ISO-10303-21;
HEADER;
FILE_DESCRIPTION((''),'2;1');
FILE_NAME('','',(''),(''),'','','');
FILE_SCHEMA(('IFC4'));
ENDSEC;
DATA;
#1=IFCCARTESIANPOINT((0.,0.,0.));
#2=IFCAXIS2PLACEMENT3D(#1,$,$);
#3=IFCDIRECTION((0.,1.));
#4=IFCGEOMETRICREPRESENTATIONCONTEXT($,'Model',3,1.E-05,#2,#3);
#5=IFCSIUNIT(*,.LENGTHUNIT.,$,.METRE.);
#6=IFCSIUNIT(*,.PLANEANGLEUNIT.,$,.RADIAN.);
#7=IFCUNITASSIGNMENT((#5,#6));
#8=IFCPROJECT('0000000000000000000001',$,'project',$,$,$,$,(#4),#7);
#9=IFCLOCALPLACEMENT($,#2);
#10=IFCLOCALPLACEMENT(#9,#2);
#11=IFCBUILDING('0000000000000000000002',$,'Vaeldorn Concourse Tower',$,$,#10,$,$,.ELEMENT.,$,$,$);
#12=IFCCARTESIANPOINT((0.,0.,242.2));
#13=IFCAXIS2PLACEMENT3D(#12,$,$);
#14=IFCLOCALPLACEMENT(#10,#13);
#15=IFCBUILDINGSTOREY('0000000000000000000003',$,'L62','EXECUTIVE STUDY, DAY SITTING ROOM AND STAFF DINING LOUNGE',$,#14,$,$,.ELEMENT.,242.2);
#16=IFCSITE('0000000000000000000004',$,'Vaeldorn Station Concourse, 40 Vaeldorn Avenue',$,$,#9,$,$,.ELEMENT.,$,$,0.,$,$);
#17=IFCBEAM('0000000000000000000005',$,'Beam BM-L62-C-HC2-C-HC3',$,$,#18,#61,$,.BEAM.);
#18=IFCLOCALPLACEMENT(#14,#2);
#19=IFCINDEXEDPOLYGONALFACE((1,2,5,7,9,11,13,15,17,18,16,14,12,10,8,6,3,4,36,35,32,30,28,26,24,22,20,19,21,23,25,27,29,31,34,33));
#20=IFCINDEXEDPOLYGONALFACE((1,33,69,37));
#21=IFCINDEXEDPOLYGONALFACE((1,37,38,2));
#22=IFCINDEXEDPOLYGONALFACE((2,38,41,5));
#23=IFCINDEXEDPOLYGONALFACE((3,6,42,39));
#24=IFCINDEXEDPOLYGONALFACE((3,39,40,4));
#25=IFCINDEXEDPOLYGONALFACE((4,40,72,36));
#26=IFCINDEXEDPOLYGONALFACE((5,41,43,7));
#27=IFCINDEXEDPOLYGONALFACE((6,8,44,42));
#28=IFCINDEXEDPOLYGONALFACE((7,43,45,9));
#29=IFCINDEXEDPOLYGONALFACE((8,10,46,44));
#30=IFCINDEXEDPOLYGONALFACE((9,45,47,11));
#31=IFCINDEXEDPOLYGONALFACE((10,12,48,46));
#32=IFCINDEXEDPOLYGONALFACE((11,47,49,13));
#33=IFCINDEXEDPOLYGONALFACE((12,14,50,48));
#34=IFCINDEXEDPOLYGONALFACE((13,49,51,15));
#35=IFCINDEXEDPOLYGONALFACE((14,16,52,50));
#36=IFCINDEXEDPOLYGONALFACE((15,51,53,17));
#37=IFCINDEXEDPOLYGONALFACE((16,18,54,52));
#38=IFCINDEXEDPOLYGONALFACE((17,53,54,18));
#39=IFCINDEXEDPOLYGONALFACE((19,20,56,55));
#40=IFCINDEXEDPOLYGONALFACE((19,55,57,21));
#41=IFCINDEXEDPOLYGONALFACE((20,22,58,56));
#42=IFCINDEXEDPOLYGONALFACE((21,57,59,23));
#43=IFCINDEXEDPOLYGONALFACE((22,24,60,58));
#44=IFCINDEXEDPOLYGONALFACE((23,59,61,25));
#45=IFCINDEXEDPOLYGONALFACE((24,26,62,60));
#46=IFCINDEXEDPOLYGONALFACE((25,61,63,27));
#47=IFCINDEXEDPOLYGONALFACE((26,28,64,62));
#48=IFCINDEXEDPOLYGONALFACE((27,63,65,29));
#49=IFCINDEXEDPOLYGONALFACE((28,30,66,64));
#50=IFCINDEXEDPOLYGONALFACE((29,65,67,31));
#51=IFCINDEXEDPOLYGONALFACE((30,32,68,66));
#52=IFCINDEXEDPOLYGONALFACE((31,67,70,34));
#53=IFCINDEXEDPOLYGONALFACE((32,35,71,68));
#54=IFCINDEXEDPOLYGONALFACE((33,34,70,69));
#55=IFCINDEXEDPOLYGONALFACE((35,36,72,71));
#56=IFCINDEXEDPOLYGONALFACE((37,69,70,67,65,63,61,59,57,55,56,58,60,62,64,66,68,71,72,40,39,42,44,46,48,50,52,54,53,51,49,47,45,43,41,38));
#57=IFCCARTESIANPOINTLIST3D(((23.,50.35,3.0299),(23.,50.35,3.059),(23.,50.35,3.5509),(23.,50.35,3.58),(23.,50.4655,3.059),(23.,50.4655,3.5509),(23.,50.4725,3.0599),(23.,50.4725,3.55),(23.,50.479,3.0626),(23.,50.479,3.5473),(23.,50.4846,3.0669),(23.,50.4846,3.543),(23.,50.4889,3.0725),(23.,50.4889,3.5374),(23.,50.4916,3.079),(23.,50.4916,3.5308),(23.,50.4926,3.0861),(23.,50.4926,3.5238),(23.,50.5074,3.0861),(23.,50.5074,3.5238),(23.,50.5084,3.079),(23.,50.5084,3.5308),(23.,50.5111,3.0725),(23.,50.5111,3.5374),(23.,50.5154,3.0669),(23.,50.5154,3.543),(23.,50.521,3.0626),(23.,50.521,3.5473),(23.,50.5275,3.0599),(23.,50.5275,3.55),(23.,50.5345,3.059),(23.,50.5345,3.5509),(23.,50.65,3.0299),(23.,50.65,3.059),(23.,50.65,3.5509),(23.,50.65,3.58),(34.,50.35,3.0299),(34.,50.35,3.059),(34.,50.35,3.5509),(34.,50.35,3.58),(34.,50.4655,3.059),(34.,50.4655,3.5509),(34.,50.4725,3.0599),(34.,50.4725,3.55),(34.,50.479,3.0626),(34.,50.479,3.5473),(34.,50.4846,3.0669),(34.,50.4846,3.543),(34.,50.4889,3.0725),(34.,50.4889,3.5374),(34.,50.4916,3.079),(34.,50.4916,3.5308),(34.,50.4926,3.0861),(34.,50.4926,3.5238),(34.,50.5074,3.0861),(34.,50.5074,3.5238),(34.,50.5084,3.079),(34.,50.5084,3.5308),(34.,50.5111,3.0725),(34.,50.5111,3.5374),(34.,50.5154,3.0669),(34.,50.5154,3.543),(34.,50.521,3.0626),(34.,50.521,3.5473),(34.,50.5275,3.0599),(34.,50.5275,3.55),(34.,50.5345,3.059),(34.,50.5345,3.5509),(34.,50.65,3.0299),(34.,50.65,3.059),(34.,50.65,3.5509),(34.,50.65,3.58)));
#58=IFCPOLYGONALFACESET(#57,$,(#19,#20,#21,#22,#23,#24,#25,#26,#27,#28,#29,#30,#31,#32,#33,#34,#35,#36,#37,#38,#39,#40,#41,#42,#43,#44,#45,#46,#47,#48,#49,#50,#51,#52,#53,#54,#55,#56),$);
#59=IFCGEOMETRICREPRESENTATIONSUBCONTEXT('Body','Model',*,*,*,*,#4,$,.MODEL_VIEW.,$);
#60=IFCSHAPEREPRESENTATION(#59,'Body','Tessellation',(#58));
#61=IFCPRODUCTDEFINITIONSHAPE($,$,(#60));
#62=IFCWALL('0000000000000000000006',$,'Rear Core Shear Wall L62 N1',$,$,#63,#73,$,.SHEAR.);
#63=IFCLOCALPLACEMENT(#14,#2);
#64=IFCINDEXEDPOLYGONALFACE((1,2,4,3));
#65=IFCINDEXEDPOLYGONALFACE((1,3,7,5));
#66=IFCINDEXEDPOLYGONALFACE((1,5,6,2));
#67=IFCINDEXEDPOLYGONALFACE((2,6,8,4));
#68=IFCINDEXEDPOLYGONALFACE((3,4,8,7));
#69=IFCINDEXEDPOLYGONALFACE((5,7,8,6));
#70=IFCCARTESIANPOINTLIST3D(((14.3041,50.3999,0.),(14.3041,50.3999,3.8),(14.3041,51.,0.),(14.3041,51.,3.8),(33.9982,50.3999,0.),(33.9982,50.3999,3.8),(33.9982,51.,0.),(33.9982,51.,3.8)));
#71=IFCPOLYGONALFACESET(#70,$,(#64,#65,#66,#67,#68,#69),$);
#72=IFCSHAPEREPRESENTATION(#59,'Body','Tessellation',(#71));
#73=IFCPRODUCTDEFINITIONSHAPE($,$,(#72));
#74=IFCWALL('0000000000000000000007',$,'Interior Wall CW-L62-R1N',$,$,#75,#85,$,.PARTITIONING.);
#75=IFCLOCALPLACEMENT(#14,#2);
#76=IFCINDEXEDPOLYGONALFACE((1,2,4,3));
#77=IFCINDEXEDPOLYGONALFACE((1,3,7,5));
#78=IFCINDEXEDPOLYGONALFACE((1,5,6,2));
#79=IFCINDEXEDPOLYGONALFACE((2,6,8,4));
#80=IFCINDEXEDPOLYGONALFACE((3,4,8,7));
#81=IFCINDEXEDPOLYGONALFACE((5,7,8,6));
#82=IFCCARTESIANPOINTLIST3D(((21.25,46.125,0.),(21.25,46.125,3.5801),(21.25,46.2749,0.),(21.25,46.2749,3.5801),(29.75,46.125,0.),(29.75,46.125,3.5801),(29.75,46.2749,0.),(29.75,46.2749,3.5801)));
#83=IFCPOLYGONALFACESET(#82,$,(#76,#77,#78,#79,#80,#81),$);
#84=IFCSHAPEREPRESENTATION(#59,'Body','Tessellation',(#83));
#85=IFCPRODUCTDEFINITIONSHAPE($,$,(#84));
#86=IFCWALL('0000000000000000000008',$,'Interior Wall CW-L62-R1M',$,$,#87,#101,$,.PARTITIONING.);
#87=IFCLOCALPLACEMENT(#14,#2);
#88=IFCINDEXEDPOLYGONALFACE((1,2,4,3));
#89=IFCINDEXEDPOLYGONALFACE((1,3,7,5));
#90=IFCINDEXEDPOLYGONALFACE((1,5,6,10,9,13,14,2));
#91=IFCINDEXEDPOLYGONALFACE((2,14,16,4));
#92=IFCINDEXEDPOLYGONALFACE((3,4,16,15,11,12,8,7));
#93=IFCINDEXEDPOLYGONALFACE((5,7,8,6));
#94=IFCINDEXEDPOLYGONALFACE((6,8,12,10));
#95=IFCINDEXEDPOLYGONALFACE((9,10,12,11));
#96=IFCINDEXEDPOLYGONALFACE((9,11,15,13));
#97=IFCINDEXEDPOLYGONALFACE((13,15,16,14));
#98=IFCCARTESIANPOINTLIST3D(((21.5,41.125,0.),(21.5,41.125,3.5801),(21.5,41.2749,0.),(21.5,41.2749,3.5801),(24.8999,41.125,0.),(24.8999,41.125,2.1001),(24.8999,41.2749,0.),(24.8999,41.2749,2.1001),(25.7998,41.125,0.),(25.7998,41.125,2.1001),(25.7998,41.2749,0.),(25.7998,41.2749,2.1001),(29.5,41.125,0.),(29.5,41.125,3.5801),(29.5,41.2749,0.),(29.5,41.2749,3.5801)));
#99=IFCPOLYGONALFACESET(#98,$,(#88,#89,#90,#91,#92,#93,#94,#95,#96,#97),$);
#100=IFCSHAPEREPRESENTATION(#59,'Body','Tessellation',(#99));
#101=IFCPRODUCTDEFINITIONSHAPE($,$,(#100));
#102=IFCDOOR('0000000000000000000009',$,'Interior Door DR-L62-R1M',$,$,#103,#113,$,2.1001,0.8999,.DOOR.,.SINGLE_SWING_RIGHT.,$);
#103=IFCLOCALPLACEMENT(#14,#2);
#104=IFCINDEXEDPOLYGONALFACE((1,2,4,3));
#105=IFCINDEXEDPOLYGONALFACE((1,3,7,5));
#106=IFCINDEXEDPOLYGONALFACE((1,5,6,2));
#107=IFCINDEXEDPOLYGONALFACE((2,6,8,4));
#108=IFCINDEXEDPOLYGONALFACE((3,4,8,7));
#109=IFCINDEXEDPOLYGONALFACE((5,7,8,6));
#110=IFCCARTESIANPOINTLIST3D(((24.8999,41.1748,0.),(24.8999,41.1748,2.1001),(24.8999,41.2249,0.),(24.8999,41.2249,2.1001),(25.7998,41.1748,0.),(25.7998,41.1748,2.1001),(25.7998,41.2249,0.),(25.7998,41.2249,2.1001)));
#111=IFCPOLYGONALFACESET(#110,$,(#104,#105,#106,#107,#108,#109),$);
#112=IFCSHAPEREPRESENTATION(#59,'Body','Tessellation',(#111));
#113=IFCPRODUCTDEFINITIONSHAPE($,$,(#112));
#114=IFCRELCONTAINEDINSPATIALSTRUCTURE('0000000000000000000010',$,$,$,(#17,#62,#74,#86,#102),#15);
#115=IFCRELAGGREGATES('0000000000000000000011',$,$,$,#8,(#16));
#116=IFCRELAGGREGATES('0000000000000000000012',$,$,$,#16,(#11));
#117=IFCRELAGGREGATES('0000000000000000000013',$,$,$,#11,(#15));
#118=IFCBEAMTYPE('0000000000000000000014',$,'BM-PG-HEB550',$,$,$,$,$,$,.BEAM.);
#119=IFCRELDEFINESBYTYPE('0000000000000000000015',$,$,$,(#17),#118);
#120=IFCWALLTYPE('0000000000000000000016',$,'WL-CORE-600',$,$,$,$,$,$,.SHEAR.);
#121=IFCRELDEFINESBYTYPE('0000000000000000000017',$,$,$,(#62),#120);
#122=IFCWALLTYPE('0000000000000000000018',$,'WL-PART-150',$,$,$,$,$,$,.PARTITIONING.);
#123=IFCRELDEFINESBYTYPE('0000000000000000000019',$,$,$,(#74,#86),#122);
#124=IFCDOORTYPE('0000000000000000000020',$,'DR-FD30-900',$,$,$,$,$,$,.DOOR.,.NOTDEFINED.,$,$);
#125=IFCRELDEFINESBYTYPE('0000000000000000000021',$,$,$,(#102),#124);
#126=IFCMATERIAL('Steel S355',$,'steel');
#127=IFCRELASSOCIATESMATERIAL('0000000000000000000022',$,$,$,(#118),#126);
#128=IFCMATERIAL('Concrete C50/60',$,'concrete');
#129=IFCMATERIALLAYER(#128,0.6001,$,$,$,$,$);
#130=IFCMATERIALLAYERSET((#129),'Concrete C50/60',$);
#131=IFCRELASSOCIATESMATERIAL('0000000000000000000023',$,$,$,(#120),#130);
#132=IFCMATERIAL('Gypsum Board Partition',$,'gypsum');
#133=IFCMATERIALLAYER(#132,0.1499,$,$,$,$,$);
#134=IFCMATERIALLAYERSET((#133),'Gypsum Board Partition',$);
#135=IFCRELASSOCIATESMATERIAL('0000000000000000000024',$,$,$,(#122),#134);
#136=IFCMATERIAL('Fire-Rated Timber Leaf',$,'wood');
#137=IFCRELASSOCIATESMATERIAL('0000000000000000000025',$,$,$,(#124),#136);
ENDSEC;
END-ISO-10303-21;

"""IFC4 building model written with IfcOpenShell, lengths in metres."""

from ifc_helpers import new_model, si_unit, direction, frame, frame_2d, origin, origin_2d, place, context, subcontext, project, spatial, rectangle, i_section, extrude, source, transform, mapped, material, layer, layer_set, material_profile, profile_set, type_object, element, fill, save


model = new_model("IFC4")

# Units and contexts
model_context = context("Model", 3, precision=1e-05, world=origin(), true_north=direction((0.0, 1.0)))
body_context = subcontext(model_context, "Body", "Model", "MODEL_VIEW")
ifc_project = project(units=[si_unit("LENGTHUNIT", "METRE"), si_unit("PLANEANGLEUNIT", "RADIAN")], contexts=[model_context])

# Site, building, storey
site_placement = place(None, origin())
site = spatial("IfcSite", under=ifc_project, at=site_placement, Name="Vaeldorn Station Concourse, 40 Vaeldorn Avenue", CompositionType="ELEMENT", RefElevation=0.0)
building_placement = place(site_placement, origin())
building = spatial("IfcBuilding", under=site, at=building_placement, Name="Vaeldorn Concourse Tower", CompositionType="ELEMENT")
storey_placement = place(building_placement, frame((0.0, 0.0, 242.2)))
storey = spatial("IfcBuildingStorey", under=building, at=storey_placement, Name="L62", Description="EXECUTIVE STUDY, DAY SITTING ROOM AND STAFF DINING LOUNGE", CompositionType="ELEMENT", Elevation=242.2)

# Beam
ifc_material_1 = material(Name="Steel S355", Category="steel")
ifc_material_profile_1 = material_profile(ifc_material_1, i_section(OverallWidth=0.3, OverallDepth=0.55, WebThickness=0.0149, FlangeThickness=0.0291, FilletRadius=0.0271, at=origin_2d()), Name="HEB 550")
ifc_profile_set_1 = profile_set([ifc_material_profile_1], Name="Steel S355")
beam_type_1 = type_object("IfcBeamType", Name="BM-PG-HEB550", PredefinedType="BEAM", material=ifc_profile_set_1)
shared_shape_1 = source(origin(), body_context, "Body", "SweptSolid", [
    extrude(i_section(OverallWidth=0.3, OverallDepth=0.55, WebThickness=0.0149, FlangeThickness=0.0291, FilletRadius=0.0271, at=origin_2d()), origin(), (0.0, 0.0, 1.0), 11.0),
])
beam_1_placement = place(storey_placement, frame((23.0, 50.5, 3.3049), z_axis=(1.0, 0.0, 0.0), x_axis=(0.0, 1.0, 0.0)))
element("IfcBeam", 1, at=beam_1_placement, inside=storey, type_object=beam_type_1, Name="Beam BM-L62-C-HC2-C-HC3", PredefinedType="BEAM", context=body_context, shape_type="MappedRepresentation", body=[
    mapped(shared_shape_1, transform((0.0, 0.0, 0.0), scale=1.0)),
])

# Walls
ifc_material_2 = material(Name="Concrete C50/60", Category="concrete")
ifc_layer_1 = layer(ifc_material_2, 0.6001)
ifc_layer_set_1 = layer_set([ifc_layer_1], Name="Concrete C50/60")
wall_type_1 = type_object("IfcWallType", Name="WL-CORE-600", PredefinedType="SHEAR", material=ifc_layer_set_1)
wall_1_placement = place(storey_placement, frame((14.304, 50.7, 0.0), z_axis=(0.0, 0.0, 1.0), x_axis=(1.0, 0.0, 0.0)))
element("IfcWall", 2, at=wall_1_placement, inside=storey, type_object=wall_type_1, Name="Rear Core Shear Wall L62 N1", PredefinedType="SHEAR", context=body_context, shape_type="SweptSolid", body=[
    extrude(rectangle(XDim=19.6941, YDim=0.6001, at=frame_2d((9.8472, 0.0))), origin(), (0.0, 0.0, 1.0), 3.8),
])
ifc_material_3 = material(Name="Gypsum Board Partition", Category="gypsum")
ifc_layer_2 = layer(ifc_material_3, 0.1499)
ifc_layer_set_2 = layer_set([ifc_layer_2], Name="Gypsum Board Partition")
wall_type_2 = type_object("IfcWallType", Name="WL-PART-150", PredefinedType="PARTITIONING", material=ifc_layer_set_2)
wall_2_placement = place(storey_placement, frame((21.25, 46.2, 0.0), z_axis=(0.0, 0.0, 1.0), x_axis=(1.0, 0.0, 0.0)))
element("IfcWall", 3, at=wall_2_placement, inside=storey, type_object=wall_type_2, Name="Interior Wall CW-L62-R1N", PredefinedType="PARTITIONING", context=body_context, shape_type="SweptSolid", body=[
    extrude(rectangle(XDim=8.5, YDim=0.1499, at=frame_2d((4.25, 0.0))), origin(), (0.0, 0.0, 1.0), 3.5801),
])

# Wall, opening, door
wall_3_placement = place(storey_placement, frame((21.5, 41.2, 0.0), z_axis=(0.0, 0.0, 1.0), x_axis=(1.0, 0.0, 0.0)))
wall_3 = element("IfcWall", 4, at=wall_3_placement, inside=storey, type_object=wall_type_2, Name="Interior Wall CW-L62-R1M", PredefinedType="PARTITIONING", context=body_context, shape_type="SweptSolid", body=[
    extrude(rectangle(XDim=8.0, YDim=0.1499, at=frame_2d((4.0, 0.0))), origin(), (0.0, 0.0, 1.0), 3.5801),
])
opening_1_placement = place(wall_3_placement, frame((3.3999, 0.0, 0.0)))
opening_1 = element("IfcOpeningElement", 5, at=opening_1_placement, cuts=wall_3, PredefinedType="OPENING", context=body_context, shape_type="SweptSolid", body=[
    extrude(rectangle(XDim=0.8999, YDim=2.1001, at=frame_2d((0.45, 1.05))), frame((0.0, 0.085, 0.0), z_axis=(0.0, -1.0, 0.0), x_axis=(1.0, 0.0, 0.0)), (0.0, 0.0, 1.0), 0.1699),
])
ifc_material_4 = material(Name="Fire-Rated Timber Leaf", Category="wood")
door_type_1 = type_object("IfcDoorType", Name="DR-FD30-900", OperationType="NOTDEFINED", PredefinedType="DOOR", material=ifc_material_4)
shared_shape_2 = source(origin(), body_context, "Body", "SweptSolid", [
    extrude(rectangle(XDim=0.8999, YDim=2.1001, at=frame_2d((0.45, 1.05))), frame((0.0, 0.0249, 0.0), z_axis=(0.0, -1.0, 0.0), x_axis=(1.0, 0.0, 0.0)), (0.0, 0.0, 1.0), 0.05),
])
door_1_placement = place(opening_1_placement, origin())
door_1 = element("IfcDoor", 6, at=door_1_placement, inside=storey, type_object=door_type_1, Name="Interior Door DR-L62-R1M", OperationType="SINGLE_SWING_RIGHT", OverallHeight=2.1001, OverallWidth=0.8999, PredefinedType="DOOR", context=body_context, shape_type="MappedRepresentation", body=[
    mapped(shared_shape_2, transform((0.0, 0.0, 0.0), scale=1.0)),
])
fill(opening_1, door_1)

save(model, "model.ifc")
